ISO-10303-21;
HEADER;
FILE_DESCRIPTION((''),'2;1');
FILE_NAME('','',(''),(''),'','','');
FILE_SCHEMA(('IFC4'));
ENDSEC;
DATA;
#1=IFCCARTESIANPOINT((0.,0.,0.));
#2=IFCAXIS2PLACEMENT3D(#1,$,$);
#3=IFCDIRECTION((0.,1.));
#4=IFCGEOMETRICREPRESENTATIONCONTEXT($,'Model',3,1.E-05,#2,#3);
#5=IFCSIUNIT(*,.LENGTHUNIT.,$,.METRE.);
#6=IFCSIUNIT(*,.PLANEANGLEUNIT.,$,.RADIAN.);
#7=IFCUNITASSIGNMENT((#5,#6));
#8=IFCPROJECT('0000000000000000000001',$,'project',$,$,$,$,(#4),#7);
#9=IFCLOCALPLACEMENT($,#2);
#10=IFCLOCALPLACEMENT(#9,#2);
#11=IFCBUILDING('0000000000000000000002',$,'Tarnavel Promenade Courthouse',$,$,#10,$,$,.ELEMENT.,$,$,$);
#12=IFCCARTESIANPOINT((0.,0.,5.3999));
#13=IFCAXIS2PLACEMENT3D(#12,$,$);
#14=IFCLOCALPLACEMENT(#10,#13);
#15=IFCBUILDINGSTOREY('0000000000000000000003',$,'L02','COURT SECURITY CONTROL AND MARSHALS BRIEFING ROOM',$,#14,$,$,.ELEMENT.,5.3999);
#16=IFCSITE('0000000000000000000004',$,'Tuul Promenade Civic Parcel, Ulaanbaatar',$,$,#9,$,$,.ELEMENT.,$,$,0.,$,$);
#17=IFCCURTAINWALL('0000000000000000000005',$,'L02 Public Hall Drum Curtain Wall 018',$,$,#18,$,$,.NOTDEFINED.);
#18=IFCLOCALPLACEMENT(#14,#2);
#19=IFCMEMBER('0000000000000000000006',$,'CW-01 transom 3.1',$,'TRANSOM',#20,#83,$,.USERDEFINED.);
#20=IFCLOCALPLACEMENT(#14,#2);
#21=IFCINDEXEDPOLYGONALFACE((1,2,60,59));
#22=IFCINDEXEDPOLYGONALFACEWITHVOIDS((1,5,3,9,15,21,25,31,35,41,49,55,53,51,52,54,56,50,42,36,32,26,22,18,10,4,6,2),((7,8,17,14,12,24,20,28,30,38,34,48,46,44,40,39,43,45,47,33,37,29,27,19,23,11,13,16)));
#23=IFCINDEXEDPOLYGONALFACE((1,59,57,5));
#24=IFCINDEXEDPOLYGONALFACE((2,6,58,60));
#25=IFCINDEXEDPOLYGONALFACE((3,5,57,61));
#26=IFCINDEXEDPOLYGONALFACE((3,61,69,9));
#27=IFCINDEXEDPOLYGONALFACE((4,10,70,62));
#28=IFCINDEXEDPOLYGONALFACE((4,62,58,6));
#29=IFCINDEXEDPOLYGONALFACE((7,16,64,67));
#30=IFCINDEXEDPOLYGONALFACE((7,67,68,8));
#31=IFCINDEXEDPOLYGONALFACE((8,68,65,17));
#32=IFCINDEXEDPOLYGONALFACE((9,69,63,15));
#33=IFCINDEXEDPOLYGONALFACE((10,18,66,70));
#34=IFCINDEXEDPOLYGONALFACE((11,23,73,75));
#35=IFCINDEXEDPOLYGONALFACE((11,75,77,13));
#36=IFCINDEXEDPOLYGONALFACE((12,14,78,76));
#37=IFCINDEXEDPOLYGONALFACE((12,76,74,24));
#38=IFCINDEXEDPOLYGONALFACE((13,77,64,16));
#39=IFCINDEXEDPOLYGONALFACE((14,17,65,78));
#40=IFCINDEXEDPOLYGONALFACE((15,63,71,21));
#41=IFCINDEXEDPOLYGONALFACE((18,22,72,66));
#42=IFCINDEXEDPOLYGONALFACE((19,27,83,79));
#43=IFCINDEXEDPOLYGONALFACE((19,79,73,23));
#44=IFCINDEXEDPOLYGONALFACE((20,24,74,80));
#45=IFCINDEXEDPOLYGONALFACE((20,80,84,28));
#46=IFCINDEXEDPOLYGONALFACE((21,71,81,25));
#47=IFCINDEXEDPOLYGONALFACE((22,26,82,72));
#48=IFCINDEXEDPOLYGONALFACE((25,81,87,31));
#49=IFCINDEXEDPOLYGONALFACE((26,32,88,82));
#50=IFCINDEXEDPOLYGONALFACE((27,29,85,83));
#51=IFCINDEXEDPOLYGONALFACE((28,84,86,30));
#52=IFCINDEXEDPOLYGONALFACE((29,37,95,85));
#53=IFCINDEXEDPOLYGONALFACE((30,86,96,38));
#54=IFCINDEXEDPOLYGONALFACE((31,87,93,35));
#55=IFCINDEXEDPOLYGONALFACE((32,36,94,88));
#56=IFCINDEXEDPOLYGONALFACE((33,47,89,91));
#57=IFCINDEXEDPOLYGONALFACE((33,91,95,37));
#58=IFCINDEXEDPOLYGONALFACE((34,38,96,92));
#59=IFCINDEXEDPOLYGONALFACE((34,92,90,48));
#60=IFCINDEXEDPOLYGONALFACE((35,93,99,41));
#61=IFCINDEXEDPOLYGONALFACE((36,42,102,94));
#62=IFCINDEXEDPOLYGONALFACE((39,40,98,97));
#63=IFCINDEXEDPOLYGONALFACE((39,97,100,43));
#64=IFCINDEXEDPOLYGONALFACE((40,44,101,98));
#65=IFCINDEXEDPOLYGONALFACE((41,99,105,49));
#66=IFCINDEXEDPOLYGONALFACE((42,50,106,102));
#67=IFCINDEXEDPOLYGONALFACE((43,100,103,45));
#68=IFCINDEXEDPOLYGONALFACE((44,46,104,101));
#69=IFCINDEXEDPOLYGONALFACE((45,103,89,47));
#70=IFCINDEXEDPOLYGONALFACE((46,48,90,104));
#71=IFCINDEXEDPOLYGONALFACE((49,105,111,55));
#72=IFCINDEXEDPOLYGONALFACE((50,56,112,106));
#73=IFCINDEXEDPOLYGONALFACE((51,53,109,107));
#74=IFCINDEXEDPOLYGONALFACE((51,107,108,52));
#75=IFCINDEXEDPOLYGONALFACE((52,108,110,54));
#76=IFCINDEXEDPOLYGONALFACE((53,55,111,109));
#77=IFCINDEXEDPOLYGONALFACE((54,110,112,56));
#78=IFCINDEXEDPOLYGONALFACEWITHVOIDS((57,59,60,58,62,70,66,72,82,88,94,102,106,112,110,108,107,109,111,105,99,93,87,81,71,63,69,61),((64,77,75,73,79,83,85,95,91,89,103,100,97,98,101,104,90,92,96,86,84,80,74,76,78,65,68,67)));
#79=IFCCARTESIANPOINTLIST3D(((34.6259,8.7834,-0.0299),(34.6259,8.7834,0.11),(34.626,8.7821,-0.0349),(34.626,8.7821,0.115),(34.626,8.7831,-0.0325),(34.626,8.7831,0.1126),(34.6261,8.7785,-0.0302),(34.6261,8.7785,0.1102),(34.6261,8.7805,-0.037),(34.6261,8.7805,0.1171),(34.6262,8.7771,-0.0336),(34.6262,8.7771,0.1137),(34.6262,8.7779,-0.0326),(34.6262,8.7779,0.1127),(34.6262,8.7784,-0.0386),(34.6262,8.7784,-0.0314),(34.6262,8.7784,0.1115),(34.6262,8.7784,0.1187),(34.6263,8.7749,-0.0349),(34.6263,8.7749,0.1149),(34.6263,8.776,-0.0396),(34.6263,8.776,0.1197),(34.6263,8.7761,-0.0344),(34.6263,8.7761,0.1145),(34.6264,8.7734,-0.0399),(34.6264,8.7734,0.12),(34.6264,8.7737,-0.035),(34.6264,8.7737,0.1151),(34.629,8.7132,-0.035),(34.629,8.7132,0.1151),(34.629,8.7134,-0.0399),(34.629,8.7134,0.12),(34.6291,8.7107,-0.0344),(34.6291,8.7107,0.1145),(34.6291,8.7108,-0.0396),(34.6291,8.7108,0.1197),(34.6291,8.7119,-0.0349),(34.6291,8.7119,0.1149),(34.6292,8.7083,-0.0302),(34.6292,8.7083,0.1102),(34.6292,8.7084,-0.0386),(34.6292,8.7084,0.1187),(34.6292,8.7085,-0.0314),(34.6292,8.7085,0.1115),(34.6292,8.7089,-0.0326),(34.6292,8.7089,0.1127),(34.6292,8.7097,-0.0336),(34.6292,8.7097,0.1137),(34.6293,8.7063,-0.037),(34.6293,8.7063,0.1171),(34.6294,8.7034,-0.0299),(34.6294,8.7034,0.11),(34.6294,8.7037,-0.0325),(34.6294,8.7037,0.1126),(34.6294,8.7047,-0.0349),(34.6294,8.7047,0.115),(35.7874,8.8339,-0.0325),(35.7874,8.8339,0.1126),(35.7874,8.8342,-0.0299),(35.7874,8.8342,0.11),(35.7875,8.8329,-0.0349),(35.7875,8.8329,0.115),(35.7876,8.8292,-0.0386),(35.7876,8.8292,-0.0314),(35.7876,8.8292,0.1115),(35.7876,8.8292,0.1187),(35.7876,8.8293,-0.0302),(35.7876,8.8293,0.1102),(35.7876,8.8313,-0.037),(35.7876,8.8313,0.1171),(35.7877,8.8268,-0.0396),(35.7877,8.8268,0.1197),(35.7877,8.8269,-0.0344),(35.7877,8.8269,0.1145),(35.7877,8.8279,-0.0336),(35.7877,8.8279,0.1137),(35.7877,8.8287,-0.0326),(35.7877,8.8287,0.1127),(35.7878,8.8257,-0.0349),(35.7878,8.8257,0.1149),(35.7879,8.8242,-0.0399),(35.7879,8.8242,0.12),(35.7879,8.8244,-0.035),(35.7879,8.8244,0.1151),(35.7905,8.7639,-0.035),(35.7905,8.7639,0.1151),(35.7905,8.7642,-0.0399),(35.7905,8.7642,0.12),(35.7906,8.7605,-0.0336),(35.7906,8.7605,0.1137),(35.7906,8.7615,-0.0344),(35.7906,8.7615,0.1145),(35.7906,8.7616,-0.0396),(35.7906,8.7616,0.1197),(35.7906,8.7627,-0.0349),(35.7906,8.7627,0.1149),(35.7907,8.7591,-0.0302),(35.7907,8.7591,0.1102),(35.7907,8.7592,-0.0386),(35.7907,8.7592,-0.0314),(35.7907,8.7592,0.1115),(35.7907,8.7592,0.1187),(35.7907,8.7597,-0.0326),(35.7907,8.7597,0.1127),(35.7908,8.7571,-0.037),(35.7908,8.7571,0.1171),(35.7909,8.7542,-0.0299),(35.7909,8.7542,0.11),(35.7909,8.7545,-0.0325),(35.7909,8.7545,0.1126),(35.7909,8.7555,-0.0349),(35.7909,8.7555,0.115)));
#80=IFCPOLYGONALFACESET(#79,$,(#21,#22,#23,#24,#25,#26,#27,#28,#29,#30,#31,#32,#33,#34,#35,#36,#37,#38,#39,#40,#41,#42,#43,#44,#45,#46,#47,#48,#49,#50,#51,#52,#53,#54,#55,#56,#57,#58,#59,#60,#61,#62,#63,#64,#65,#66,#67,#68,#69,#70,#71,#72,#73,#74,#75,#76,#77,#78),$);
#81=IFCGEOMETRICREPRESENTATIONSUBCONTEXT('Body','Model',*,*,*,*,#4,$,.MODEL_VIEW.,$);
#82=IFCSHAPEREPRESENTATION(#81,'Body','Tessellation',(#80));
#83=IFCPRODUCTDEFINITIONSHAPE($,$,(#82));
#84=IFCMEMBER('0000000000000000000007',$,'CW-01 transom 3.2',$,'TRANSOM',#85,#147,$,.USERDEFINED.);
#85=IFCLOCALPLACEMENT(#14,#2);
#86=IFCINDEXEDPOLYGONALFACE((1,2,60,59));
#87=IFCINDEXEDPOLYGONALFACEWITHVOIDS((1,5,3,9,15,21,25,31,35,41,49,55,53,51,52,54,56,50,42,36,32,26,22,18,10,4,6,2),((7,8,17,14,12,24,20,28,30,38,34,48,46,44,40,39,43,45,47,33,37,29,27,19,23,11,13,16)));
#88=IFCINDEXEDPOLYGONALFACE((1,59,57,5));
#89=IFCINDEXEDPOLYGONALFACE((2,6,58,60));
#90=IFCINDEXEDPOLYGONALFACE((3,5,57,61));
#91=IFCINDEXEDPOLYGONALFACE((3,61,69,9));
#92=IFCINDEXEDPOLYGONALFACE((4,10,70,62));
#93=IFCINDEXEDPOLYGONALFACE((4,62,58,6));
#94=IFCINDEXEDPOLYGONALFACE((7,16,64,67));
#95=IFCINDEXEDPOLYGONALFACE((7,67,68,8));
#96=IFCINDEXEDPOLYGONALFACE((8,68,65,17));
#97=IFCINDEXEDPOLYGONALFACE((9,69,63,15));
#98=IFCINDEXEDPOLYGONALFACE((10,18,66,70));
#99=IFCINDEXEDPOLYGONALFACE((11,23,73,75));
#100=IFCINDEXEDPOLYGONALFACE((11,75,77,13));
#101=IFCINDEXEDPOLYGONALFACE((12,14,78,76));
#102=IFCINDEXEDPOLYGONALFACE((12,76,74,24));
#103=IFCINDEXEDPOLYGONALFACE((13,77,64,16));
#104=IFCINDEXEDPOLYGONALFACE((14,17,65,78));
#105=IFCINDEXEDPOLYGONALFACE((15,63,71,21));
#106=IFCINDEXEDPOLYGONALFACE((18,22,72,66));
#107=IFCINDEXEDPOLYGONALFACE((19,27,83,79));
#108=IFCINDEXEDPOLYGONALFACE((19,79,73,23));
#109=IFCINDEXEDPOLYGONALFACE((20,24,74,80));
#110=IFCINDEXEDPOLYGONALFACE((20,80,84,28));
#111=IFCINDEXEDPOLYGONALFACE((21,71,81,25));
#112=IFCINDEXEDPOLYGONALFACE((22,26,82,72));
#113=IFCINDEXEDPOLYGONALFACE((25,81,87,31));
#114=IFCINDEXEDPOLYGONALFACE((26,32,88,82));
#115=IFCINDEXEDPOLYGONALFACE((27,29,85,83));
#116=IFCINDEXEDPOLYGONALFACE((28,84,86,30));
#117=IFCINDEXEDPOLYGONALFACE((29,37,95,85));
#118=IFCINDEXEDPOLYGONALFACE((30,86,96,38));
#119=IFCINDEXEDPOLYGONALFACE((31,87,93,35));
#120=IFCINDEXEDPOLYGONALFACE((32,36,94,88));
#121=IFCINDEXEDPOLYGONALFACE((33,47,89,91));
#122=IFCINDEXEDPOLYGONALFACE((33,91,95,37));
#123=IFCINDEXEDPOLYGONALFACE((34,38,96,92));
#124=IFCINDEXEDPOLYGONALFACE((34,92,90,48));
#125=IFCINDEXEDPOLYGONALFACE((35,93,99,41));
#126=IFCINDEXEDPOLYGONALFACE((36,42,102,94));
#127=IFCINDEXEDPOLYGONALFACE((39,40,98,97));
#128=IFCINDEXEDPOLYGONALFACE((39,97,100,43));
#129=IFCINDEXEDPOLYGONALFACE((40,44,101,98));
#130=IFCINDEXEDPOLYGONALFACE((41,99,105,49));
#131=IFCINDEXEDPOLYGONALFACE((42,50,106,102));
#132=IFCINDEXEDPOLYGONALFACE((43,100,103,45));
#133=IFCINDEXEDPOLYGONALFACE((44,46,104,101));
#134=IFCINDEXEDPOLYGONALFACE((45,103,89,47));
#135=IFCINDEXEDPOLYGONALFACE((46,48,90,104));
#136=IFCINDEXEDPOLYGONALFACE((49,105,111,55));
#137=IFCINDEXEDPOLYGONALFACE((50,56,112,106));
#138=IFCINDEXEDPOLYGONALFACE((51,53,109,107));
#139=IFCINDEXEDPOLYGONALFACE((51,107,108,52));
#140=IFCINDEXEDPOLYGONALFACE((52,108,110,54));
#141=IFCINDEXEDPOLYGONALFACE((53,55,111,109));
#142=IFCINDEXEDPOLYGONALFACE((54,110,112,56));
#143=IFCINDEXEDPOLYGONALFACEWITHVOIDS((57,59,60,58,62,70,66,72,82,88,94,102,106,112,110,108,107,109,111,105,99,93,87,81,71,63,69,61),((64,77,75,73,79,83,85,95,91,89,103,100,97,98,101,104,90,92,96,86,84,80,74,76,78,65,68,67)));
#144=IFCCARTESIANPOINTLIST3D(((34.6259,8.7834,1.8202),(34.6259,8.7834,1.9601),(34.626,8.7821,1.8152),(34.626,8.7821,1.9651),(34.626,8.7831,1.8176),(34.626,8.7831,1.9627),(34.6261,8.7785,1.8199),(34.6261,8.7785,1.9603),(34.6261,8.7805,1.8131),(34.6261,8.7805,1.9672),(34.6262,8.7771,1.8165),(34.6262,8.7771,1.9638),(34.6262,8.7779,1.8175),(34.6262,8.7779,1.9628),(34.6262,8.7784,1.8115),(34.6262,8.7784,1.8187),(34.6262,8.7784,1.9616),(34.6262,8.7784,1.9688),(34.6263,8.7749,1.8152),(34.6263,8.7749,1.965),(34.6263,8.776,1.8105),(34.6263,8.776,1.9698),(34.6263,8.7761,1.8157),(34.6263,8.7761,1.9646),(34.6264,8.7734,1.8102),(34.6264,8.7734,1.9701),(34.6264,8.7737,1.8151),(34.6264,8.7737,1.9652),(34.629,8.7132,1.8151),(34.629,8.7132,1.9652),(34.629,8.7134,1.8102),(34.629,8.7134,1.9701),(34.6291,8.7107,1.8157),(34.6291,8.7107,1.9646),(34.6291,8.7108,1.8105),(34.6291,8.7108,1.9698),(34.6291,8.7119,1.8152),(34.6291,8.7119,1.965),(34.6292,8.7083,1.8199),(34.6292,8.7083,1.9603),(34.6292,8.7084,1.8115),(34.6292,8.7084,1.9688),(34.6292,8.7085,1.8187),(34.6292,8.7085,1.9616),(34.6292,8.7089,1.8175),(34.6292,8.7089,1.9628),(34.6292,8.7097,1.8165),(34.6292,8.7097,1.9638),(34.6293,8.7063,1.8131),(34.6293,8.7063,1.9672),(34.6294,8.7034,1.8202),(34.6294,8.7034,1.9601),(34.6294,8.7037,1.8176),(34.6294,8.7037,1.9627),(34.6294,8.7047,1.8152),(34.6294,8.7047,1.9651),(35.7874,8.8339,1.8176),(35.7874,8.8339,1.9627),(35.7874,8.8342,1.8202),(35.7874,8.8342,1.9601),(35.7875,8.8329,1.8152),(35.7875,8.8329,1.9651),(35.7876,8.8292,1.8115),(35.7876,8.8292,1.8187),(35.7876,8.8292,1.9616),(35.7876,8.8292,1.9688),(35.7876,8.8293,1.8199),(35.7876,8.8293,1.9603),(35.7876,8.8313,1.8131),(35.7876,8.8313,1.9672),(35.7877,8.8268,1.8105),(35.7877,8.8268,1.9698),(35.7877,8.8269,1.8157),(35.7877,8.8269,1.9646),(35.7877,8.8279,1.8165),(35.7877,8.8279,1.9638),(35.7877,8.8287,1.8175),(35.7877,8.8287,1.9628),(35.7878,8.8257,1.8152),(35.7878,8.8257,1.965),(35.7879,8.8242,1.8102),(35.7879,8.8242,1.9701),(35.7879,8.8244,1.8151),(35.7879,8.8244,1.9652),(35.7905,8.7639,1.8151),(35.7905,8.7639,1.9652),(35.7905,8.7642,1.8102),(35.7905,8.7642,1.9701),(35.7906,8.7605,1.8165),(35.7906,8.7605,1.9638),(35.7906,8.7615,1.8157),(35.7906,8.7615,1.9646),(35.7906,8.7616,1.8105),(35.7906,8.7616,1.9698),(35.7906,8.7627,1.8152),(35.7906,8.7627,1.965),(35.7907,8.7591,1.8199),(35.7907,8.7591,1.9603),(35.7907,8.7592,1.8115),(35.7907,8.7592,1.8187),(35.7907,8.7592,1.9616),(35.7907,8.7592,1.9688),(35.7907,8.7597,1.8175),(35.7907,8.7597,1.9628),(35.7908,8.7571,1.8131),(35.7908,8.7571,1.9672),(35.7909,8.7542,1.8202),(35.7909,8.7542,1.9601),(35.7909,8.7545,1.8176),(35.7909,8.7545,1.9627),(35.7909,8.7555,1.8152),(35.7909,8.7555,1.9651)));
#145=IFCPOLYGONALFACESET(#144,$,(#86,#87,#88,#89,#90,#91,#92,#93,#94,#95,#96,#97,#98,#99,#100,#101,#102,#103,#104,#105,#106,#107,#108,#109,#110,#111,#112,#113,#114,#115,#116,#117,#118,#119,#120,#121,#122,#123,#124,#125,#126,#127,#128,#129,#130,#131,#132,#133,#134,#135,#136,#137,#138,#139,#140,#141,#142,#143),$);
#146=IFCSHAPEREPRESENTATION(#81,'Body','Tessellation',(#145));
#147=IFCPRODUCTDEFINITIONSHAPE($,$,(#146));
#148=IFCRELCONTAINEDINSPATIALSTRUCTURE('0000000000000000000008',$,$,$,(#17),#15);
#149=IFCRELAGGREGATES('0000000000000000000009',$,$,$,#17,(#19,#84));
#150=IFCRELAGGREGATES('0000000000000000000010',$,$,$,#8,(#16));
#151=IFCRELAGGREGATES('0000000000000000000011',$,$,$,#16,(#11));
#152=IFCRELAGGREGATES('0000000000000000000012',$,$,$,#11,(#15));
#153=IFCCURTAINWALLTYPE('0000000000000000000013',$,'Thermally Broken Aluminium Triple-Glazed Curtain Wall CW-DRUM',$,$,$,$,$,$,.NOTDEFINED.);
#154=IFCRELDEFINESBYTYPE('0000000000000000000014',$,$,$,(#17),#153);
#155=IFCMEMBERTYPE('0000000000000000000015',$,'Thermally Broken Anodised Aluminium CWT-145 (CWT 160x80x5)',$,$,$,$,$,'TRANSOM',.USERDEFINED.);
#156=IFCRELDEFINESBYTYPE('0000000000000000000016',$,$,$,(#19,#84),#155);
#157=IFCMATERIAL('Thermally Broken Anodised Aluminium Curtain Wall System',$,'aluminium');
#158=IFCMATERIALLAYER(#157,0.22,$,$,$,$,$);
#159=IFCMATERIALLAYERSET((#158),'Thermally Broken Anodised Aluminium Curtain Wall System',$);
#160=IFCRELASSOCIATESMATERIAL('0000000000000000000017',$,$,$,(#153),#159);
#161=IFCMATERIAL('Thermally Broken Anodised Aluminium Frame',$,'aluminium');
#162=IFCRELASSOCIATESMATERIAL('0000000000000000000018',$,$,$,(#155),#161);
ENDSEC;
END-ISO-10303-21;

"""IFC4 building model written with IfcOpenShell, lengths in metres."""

from ifc_helpers import new_model, si_unit, direction, frame, origin, origin_2d, place, context, subcontext, project, spatial, hollow_rectangle, extrude, material, layer, layer_set, material_profile, profile_set, type_object, element, aggregate, save


model = new_model("IFC4")

# Units and contexts
model_context = context("Model", 3, precision=1e-05, world=origin(), true_north=direction((0.0, 1.0)))
body_context = subcontext(model_context, "Body", "Model", "MODEL_VIEW")
ifc_project = project(units=[si_unit("LENGTHUNIT", "METRE"), si_unit("PLANEANGLEUNIT", "RADIAN")], contexts=[model_context])

# Site, building, storey
site_placement = place(None, origin())
site = spatial("IfcSite", under=ifc_project, at=site_placement, Name="Tuul Promenade Civic Parcel, Ulaanbaatar", CompositionType="ELEMENT", RefElevation=0.0)
building_placement = place(site_placement, origin())
building = spatial("IfcBuilding", under=site, at=building_placement, Name="Tarnavel Promenade Courthouse", CompositionType="ELEMENT")
storey_placement = place(building_placement, frame((0.0, 0.0, 5.3999)))
storey = spatial("IfcBuildingStorey", under=building, at=storey_placement, Name="L02", Description="COURT SECURITY CONTROL AND MARSHALS BRIEFING ROOM", CompositionType="ELEMENT", Elevation=5.3999)

# Curtain wall
ifc_material_1 = material(Name="Thermally Broken Anodised Aluminium Curtain Wall System", Category="aluminium")
ifc_layer_1 = layer(ifc_material_1, 0.22)
ifc_layer_set_1 = layer_set([ifc_layer_1], Name="Thermally Broken Anodised Aluminium Curtain Wall System")
curtain_wall_type = type_object("IfcCurtainWallType", Name="Thermally Broken Aluminium Triple-Glazed Curtain Wall CW-DRUM", PredefinedType="NOTDEFINED", material=ifc_layer_set_1)
curtain_wall_1_placement = place(storey_placement, origin())
curtain_wall_1 = element("IfcCurtainWall", 1, at=curtain_wall_1_placement, inside=storey, type_object=curtain_wall_type, Name="L02 Public Hall Drum Curtain Wall 018", PredefinedType="NOTDEFINED")
ifc_material_2 = material(Name="Thermally Broken Anodised Aluminium Frame", Category="aluminium")

# Members
ifc_material_profile_1 = material_profile(ifc_material_2, hollow_rectangle(XDim=0.0801, YDim=0.1599, WallThickness=0.0049, InnerFilletRadius=0.0049, OuterFilletRadius=0.01, at=origin_2d()), Name="CWT 160x80x5")
ifc_profile_set_1 = profile_set([ifc_material_profile_1], Name="Thermally Broken Anodised Aluminium Frame")
member_type_1 = type_object("IfcMemberType", Name="Thermally Broken Anodised Aluminium CWT-145 (CWT 160x80x5)", ElementType="TRANSOM", PredefinedType="USERDEFINED", material=ifc_profile_set_1)
member_1_placement = place(storey_placement, frame((34.6277, 8.7434, 0.04), z_axis=(0.999045, 0.043683, 0.0), x_axis=(-0.043683, 0.999045, 0.0)))
member_1 = element("IfcMember", 2, at=member_1_placement, type_object=member_type_1, Name="CW-01 transom 3.1", ObjectType="TRANSOM", PredefinedType="USERDEFINED", context=body_context, shape_type="SweptSolid", body=[
    extrude(hollow_rectangle(XDim=0.0801, YDim=0.1599, WallThickness=0.0049, InnerFilletRadius=0.0049, OuterFilletRadius=0.01, at=origin_2d()), origin(), (0.0, 0.0, 1.0), 1.1626),
])
member_2_placement = place(storey_placement, frame((34.6277, 8.7434, 1.8901), z_axis=(0.999045, 0.043683, 0.0), x_axis=(-0.043683, 0.999045, 0.0)))
member_2 = element("IfcMember", 3, at=member_2_placement, type_object=member_type_1, Name="CW-01 transom 3.2", ObjectType="TRANSOM", PredefinedType="USERDEFINED", context=body_context, shape_type="SweptSolid", body=[
    extrude(hollow_rectangle(XDim=0.0801, YDim=0.1599, WallThickness=0.0049, InnerFilletRadius=0.0049, OuterFilletRadius=0.01, at=origin_2d()), origin(), (0.0, 0.0, 1.0), 1.1626),
])

aggregate(curtain_wall_1, [member_1, member_2])

save(model, "model.ifc")
